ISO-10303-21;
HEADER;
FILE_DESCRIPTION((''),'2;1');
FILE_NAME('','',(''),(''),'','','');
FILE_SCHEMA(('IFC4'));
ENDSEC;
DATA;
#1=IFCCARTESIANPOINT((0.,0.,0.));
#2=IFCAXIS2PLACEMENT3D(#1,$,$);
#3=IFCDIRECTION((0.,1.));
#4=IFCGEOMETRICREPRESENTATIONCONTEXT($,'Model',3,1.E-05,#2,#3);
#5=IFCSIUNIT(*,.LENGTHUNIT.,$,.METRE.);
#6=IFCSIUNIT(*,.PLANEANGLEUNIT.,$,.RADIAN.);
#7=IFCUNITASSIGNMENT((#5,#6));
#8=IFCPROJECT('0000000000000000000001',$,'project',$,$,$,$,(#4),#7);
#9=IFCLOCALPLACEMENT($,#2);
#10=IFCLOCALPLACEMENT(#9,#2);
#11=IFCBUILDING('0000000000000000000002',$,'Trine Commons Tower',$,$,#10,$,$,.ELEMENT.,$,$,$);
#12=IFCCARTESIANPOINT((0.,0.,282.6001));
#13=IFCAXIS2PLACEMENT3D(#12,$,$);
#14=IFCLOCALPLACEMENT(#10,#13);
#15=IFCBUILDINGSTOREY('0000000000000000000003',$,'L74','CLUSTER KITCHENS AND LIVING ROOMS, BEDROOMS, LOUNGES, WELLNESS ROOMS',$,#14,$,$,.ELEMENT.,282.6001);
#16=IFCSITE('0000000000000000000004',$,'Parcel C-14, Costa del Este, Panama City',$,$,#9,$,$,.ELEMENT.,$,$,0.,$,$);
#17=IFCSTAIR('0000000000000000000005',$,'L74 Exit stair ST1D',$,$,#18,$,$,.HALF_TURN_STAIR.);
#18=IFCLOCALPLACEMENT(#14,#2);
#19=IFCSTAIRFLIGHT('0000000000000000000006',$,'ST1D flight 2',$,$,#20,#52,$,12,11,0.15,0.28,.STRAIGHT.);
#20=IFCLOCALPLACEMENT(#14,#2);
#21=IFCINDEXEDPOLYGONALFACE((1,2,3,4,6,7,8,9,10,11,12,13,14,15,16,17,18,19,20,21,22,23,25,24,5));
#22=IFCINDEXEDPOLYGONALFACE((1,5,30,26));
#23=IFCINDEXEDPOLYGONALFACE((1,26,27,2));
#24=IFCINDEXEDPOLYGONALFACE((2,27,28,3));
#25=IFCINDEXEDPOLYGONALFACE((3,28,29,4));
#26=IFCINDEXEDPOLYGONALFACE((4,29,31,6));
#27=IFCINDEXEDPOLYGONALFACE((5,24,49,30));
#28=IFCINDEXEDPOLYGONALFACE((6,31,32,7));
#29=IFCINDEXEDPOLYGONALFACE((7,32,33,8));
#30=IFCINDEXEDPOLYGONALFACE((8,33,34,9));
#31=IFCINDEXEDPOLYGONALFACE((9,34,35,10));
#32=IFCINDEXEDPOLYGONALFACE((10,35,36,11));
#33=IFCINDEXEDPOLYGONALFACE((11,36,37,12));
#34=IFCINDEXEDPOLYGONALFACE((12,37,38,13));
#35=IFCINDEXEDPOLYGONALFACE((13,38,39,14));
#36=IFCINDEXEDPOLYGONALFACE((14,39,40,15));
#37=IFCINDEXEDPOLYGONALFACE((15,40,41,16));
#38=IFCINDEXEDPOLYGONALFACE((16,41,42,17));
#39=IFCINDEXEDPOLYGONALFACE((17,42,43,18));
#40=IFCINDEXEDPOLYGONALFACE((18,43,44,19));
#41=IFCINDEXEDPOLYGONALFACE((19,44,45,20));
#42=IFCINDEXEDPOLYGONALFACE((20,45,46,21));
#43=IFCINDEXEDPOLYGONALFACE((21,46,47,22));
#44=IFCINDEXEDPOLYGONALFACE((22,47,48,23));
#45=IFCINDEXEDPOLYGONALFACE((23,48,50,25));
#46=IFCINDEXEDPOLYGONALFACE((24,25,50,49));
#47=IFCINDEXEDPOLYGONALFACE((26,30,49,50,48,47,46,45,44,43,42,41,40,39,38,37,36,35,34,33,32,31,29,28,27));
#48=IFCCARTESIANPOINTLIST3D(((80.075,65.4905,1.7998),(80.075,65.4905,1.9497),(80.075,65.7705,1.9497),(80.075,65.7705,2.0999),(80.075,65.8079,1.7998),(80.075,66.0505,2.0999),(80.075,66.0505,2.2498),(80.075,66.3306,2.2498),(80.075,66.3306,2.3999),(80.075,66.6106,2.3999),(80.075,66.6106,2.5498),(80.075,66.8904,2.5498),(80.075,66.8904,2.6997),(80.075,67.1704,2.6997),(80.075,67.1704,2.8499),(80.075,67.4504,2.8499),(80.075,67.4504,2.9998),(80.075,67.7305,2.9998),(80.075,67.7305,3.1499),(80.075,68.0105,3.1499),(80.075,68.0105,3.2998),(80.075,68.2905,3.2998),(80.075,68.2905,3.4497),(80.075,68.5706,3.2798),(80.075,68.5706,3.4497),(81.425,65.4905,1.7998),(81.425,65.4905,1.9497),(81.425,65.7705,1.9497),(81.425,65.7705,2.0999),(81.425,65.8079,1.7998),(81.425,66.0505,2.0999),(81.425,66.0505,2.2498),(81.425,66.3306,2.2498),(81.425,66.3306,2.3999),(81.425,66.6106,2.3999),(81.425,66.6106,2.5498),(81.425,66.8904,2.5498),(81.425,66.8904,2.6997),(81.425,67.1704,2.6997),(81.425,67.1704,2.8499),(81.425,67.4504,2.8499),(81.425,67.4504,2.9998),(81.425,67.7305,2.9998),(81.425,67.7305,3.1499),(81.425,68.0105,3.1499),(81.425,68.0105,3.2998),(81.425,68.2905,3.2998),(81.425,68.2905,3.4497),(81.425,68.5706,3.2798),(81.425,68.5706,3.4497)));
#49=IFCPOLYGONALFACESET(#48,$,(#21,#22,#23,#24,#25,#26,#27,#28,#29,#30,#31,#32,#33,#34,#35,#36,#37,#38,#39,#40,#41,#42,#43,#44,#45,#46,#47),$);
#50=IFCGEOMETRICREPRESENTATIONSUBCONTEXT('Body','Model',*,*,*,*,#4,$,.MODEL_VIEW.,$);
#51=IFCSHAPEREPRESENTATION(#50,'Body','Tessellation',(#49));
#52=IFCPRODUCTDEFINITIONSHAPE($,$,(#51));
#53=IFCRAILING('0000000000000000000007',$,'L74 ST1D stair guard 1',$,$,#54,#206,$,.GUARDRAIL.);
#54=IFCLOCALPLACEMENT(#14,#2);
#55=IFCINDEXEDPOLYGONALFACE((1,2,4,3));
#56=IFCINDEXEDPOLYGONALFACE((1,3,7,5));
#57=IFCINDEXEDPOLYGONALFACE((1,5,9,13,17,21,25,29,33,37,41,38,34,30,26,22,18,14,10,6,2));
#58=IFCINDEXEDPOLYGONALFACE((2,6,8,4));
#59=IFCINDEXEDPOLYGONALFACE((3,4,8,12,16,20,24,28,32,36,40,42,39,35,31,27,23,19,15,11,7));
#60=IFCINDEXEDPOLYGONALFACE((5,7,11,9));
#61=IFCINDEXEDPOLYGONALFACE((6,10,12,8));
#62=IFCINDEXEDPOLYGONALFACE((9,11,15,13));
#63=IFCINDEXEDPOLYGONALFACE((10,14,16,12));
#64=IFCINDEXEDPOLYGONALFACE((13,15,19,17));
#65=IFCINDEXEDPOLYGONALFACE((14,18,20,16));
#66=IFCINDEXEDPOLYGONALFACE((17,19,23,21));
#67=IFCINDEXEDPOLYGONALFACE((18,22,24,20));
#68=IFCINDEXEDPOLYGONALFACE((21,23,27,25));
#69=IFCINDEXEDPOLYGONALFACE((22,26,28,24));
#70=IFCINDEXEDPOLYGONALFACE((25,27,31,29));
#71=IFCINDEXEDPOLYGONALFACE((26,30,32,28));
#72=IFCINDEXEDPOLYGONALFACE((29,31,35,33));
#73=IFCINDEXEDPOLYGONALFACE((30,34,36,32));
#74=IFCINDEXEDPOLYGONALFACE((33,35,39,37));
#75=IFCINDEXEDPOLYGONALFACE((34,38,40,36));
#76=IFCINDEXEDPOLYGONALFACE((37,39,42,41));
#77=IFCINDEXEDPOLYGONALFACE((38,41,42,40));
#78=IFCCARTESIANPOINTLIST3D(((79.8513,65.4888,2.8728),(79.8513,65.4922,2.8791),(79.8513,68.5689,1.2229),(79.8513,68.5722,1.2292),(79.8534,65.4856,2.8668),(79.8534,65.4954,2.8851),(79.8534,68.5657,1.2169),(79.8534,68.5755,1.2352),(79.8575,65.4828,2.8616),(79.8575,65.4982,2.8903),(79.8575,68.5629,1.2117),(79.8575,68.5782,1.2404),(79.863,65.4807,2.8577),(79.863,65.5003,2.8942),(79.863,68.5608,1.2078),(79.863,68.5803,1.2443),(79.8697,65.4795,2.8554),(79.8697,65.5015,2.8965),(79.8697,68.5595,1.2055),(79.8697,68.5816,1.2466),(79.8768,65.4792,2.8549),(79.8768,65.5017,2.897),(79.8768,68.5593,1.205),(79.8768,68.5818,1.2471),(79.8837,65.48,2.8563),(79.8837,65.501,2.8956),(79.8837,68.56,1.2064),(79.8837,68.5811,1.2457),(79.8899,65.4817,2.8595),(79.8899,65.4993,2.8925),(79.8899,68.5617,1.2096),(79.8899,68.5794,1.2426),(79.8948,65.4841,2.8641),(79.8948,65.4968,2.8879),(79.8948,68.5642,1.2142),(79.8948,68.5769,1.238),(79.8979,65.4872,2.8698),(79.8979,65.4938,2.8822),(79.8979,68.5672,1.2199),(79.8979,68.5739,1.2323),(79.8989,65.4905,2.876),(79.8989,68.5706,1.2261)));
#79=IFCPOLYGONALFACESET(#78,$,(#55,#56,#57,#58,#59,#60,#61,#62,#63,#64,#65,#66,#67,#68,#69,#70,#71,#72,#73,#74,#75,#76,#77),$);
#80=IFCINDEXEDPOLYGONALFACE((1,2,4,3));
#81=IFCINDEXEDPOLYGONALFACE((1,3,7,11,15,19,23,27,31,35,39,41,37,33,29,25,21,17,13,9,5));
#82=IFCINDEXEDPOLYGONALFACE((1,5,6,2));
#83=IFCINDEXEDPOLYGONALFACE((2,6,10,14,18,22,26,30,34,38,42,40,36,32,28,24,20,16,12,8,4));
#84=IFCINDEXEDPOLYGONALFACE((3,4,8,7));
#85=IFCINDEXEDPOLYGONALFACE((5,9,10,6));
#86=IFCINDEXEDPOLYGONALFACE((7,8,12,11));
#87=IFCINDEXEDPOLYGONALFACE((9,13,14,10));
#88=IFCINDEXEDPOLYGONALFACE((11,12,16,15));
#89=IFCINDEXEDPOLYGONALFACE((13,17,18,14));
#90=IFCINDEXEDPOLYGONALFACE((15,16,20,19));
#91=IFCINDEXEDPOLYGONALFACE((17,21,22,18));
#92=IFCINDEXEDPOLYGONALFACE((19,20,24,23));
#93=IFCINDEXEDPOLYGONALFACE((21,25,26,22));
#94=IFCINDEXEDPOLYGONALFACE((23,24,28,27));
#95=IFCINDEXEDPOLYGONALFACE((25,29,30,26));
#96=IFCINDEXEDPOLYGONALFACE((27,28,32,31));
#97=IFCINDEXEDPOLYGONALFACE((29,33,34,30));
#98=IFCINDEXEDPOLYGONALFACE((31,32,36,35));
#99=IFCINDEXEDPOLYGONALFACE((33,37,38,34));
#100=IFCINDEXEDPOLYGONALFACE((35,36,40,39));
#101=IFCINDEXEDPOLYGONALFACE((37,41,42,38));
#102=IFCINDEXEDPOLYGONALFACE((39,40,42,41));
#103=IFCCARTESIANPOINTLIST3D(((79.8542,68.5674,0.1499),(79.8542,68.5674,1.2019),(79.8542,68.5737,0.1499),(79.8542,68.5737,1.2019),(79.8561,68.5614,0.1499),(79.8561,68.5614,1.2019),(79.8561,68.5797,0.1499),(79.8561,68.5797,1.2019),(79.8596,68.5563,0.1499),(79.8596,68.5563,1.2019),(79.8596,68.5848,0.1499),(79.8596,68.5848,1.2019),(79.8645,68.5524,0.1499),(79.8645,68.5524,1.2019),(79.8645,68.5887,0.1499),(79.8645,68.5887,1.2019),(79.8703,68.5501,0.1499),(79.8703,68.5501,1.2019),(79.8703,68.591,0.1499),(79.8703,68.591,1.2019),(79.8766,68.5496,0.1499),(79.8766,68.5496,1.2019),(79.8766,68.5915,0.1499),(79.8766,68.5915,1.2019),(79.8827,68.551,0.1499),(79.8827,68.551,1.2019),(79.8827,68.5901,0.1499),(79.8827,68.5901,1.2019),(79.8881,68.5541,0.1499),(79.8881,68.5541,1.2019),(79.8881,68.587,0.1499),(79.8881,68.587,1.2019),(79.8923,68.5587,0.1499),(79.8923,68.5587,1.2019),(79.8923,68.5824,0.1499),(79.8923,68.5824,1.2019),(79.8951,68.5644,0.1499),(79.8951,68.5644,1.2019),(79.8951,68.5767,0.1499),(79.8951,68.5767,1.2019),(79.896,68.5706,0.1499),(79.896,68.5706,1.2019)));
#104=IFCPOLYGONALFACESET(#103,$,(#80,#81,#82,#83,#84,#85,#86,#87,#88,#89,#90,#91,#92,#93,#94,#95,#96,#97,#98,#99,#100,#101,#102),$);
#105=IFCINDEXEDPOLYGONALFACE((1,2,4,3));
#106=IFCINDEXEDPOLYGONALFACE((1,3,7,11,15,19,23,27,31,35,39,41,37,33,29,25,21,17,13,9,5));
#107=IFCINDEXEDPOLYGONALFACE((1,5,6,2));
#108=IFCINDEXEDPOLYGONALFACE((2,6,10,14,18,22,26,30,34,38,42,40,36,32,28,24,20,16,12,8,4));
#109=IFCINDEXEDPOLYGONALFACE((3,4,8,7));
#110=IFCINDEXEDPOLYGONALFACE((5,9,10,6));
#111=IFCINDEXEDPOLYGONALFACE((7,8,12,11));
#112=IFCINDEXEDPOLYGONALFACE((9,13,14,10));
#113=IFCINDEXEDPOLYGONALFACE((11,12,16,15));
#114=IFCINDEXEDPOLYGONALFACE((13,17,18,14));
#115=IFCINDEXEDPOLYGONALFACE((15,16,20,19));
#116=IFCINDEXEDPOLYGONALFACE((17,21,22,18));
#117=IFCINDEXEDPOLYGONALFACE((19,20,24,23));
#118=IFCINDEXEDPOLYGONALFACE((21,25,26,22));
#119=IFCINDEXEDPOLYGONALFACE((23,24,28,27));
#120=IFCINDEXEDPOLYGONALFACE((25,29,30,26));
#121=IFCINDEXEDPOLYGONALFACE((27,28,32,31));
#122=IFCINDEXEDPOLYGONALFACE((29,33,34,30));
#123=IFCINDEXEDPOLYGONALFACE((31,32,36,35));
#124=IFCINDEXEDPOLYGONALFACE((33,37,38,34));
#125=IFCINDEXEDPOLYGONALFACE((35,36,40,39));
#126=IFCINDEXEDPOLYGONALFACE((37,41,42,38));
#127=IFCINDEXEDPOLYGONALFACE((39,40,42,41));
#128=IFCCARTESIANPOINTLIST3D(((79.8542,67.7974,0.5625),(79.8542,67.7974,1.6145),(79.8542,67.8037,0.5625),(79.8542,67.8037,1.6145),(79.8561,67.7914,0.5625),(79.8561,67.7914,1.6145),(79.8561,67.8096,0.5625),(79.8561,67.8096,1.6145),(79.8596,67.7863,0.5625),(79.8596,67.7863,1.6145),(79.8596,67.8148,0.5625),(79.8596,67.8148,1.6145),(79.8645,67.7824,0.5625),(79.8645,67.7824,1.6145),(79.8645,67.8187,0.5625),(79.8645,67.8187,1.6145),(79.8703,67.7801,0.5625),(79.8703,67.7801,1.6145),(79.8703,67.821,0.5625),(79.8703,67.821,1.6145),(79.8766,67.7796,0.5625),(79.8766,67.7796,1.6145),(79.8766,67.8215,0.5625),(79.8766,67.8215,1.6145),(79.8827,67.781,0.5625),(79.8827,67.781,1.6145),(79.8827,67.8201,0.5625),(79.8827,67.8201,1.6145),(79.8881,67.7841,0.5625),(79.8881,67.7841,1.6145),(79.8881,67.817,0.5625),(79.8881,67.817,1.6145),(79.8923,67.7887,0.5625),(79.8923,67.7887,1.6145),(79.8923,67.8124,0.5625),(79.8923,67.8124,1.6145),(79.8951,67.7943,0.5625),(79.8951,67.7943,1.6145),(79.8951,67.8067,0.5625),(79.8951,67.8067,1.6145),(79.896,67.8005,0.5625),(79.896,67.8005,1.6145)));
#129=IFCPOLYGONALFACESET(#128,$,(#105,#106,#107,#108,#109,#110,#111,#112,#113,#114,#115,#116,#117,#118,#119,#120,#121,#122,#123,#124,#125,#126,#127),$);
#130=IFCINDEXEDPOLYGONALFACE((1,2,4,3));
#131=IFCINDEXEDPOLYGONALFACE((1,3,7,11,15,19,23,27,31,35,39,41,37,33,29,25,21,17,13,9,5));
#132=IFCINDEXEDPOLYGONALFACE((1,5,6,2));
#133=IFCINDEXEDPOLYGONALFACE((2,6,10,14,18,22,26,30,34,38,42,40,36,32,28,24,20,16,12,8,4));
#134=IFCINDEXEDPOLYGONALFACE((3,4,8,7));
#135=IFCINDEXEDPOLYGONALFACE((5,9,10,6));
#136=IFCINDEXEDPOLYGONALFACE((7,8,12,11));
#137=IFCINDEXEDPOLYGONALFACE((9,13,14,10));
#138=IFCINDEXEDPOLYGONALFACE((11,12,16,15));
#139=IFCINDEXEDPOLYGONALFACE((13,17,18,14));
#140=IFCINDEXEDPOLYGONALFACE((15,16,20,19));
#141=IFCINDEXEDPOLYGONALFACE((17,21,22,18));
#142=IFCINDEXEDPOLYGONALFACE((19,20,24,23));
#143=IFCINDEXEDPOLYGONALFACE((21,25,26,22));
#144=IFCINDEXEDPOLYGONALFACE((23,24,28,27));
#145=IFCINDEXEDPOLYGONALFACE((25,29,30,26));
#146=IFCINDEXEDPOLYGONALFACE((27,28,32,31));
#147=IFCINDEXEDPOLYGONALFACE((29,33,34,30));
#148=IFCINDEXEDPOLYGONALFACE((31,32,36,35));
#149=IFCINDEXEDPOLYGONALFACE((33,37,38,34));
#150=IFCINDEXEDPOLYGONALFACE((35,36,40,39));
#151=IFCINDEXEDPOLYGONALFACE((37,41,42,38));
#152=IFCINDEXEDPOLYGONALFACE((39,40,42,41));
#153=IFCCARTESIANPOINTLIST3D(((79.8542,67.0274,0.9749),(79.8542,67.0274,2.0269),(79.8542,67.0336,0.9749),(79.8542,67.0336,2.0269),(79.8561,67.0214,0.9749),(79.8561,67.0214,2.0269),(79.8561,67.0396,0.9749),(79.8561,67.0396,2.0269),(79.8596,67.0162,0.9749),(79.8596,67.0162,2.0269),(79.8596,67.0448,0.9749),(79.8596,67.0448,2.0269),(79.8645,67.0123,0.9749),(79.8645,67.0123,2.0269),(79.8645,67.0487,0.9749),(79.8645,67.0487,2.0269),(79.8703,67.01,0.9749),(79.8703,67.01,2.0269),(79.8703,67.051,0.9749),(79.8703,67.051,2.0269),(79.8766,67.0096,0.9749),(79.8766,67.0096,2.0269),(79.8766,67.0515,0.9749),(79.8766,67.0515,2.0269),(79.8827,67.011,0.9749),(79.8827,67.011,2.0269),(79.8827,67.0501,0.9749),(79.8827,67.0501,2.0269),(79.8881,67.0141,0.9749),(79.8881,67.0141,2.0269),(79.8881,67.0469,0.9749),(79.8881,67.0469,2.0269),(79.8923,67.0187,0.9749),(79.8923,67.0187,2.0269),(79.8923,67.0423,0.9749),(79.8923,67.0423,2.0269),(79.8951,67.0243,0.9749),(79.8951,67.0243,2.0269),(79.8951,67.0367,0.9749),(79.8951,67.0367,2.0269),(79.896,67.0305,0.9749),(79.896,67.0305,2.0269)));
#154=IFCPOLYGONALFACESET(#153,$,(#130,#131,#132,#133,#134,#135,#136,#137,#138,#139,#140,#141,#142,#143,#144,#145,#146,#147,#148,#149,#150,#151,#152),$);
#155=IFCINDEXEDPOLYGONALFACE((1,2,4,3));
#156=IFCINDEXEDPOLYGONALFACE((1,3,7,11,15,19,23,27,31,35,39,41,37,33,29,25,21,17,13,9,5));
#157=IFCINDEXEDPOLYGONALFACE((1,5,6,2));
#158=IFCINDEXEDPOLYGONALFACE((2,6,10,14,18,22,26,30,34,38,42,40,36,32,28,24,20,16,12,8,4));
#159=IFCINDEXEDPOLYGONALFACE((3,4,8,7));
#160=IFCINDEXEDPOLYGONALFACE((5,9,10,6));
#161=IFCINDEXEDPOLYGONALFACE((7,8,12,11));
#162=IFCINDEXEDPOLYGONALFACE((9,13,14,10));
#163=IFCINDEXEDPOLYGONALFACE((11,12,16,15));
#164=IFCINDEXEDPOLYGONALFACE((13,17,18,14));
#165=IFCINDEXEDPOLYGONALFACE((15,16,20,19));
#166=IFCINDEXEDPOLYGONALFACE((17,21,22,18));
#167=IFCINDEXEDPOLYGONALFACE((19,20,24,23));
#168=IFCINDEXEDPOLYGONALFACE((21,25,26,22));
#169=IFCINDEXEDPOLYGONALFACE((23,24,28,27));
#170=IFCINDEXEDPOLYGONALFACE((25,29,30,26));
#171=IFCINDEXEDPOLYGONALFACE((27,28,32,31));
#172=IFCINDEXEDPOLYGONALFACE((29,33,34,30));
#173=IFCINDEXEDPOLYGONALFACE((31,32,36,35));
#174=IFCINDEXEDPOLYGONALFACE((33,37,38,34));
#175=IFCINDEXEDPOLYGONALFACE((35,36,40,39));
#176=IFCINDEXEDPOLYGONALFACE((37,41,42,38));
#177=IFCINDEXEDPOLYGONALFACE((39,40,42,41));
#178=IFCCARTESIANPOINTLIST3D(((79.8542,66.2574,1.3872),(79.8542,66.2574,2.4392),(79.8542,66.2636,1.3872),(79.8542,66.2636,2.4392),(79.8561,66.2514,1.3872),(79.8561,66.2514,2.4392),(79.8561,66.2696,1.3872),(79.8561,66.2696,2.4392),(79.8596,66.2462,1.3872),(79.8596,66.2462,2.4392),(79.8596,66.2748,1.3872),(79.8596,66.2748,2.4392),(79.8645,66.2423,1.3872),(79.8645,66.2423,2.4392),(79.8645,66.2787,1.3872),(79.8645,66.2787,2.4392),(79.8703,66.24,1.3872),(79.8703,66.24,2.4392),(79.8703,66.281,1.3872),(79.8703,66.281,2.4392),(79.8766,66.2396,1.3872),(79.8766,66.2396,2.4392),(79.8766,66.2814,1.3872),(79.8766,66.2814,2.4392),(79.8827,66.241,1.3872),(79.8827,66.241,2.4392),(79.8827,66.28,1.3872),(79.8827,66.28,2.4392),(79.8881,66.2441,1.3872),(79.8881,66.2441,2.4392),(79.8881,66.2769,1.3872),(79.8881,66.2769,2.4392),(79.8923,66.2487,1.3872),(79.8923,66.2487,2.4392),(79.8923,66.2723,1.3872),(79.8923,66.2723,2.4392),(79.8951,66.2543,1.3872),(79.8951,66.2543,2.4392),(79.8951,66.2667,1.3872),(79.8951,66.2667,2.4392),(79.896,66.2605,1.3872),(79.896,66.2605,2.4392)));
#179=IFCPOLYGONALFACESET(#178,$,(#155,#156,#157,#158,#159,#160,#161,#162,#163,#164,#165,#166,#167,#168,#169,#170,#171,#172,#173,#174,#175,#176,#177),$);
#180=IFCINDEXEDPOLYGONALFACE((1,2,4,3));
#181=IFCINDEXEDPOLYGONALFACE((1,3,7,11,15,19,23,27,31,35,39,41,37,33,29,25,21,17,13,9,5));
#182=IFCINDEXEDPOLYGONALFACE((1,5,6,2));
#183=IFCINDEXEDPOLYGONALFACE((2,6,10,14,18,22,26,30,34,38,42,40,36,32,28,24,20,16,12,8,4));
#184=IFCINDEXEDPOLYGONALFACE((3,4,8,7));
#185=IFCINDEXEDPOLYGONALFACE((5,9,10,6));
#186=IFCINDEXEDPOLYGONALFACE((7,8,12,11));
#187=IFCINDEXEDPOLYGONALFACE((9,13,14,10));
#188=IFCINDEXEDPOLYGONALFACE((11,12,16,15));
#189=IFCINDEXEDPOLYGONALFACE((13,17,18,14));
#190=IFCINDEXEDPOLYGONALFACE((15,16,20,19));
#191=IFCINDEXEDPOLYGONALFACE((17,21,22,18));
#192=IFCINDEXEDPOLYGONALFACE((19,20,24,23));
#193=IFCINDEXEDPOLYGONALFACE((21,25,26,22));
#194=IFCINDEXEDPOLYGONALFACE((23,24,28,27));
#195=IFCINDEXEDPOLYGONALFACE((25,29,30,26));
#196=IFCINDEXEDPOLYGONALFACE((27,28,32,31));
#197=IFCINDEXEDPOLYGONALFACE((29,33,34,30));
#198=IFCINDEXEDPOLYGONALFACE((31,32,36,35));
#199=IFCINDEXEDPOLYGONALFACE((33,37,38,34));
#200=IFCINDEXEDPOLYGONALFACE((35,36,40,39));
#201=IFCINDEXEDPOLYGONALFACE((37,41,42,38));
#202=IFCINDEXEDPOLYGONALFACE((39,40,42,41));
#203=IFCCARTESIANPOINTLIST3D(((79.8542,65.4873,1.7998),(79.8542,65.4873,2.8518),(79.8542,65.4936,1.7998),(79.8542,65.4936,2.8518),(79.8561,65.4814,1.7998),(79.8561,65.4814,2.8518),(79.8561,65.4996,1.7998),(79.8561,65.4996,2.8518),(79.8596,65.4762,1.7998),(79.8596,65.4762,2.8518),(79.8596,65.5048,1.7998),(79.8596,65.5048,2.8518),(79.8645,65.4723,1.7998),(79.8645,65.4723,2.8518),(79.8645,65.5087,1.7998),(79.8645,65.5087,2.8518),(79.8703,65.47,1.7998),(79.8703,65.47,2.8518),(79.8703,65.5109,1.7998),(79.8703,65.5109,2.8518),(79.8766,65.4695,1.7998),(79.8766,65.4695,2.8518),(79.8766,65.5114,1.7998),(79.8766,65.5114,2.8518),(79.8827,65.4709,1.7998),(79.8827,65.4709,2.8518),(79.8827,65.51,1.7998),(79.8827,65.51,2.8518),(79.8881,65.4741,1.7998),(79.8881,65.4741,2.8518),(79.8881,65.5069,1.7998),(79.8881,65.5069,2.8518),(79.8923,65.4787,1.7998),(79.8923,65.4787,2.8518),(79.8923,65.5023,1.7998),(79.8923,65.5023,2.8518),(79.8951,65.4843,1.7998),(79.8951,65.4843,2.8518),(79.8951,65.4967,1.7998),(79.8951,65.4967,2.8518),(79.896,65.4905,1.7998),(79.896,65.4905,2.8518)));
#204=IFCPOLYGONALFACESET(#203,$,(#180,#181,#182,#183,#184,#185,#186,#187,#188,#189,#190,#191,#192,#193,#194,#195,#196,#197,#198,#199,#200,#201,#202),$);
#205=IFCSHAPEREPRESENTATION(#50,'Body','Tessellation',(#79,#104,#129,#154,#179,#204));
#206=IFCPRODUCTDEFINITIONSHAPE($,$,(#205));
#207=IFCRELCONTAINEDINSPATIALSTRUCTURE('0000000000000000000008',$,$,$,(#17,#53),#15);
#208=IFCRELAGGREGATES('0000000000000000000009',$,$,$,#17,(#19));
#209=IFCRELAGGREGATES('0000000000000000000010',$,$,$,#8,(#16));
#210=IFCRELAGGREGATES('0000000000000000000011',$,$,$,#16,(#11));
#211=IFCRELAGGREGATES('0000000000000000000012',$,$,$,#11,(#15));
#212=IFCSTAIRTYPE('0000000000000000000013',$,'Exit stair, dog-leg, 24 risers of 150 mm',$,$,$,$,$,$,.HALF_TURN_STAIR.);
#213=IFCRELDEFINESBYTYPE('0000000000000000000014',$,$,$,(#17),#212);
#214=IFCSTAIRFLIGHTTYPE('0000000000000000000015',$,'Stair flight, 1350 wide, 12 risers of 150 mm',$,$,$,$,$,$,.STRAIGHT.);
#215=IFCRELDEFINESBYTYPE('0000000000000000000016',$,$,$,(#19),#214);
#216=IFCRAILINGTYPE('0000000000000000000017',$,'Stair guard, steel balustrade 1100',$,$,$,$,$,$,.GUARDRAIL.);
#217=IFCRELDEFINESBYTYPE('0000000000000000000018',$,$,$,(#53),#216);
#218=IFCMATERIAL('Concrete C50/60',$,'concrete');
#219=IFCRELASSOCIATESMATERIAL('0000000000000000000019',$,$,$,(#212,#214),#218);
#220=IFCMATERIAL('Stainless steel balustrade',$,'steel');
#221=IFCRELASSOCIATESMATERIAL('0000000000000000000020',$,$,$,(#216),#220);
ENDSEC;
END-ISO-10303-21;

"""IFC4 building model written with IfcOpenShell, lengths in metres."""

from ifc_helpers import new_model, si_unit, direction, frame, origin, origin_2d, place, context, subcontext, project, spatial, polyline, circle, outline, extrude, material, type_object, element, aggregate, save


model = new_model("IFC4")

# Units and contexts
model_context = context("Model", 3, precision=1e-05, world=origin(), true_north=direction((0.0, 1.0)))
body_context = subcontext(model_context, "Body", "Model", "MODEL_VIEW")
ifc_project = project(units=[si_unit("LENGTHUNIT", "METRE"), si_unit("PLANEANGLEUNIT", "RADIAN")], contexts=[model_context])

# Site, building, storey
site_placement = place(None, origin())
site = spatial("IfcSite", under=ifc_project, at=site_placement, Name="Parcel C-14, Costa del Este, Panama City", CompositionType="ELEMENT", RefElevation=0.0)
building_placement = place(site_placement, origin())
building = spatial("IfcBuilding", under=site, at=building_placement, Name="Trine Commons Tower", CompositionType="ELEMENT")
storey_placement = place(building_placement, frame((0.0, 0.0, 282.6001)))
storey = spatial("IfcBuildingStorey", under=building, at=storey_placement, Name="L74", Description="CLUSTER KITCHENS AND LIVING ROOMS, BEDROOMS, LOUNGES, WELLNESS ROOMS", CompositionType="ELEMENT", Elevation=282.6001)

# Shared definitions
ifc_material_1 = material(Name="Concrete C50/60", Category="concrete")

# Stair, stair flight
stair_type = type_object("IfcStairType", Name="Exit stair, dog-leg, 24 risers of 150 mm", PredefinedType="HALF_TURN_STAIR", material=ifc_material_1)
stair_placement = place(storey_placement, origin())
stair = element("IfcStair", 1, at=stair_placement, inside=storey, type_object=stair_type, Name="L74 Exit stair ST1D", PredefinedType="HALF_TURN_STAIR")
stair_flight_type = type_object("IfcStairFlightType", Name="Stair flight, 1350 wide, 12 risers of 150 mm", PredefinedType="STRAIGHT", material=ifc_material_1)
stair_flight_1_placement = place(storey_placement, frame((80.75, 65.4905, 1.7998), z_axis=(0.0, 0.0, 1.0), x_axis=(0.0, 1.0, 0.0)))
stair_flight_1 = element("IfcStairFlight", 2, at=stair_flight_1_placement, type_object=stair_flight_type, Name="ST1D flight 2", NumberOfRisers=12, NumberOfTreads=11, PredefinedType="STRAIGHT", RiserHeight=0.15, TreadLength=0.28, context=body_context, shape_type="SweptSolid", body=[
    extrude(outline(polyline([(0.0, 0.0), (0.0, 0.1499), (0.28, 0.1499), (0.28, 0.3), (0.5601, 0.3), (0.5601, 0.45), (0.8401, 0.45), (0.8401, 0.6001), (1.1201, 0.6001), (1.1201, 0.75), (1.3999, 0.75), (1.3999, 0.8999), (1.6799, 0.8999), (1.6799, 1.05), (1.96, 1.05), (1.96, 1.2), (2.24, 1.2), (2.24, 1.3501), (2.52, 1.3501), (2.52, 1.5), (2.8, 1.5), (2.8, 1.6499), (3.0801, 1.6499), (3.0801, 1.8), (3.0801, 1.48), (0.3174, 0.0), (0.0, 0.0)])), frame((0.0, 0.675, 0.0), z_axis=(0.0, -1.0, 0.0), x_axis=(1.0, 0.0, 0.0)), (0.0, 0.0, 1.0), 1.3501),
])
aggregate(stair, [stair_flight_1])

# Railing
ifc_material_2 = material(Name="Stainless steel balustrade", Category="steel")
railing_type_1 = type_object("IfcRailingType", Name="Stair guard, steel balustrade 1100", PredefinedType="GUARDRAIL", material=ifc_material_2)
railing_1_placement = place(storey_placement, frame((79.875, 68.5706, 0.1499)))
element("IfcRailing", 3, at=railing_1_placement, inside=storey, type_object=railing_type_1, Name="L74 ST1D stair guard 1", PredefinedType="GUARDRAIL", context=body_context, shape_type="SweptSolid", body=[
    extrude(circle(Radius=0.0239, at=origin_2d()), frame((0.0, 0.0, 1.0762), z_axis=(0.0, -0.881497, 0.47219), x_axis=(1.0, 0.0, 0.0)), (0.0, 0.0, 1.0), 3.4941),
    extrude(circle(Radius=0.021, at=origin_2d()), origin(), (0.0, 0.0, 1.0), 1.052),
    extrude(circle(Radius=0.021, at=origin_2d()), frame((0.0, -0.77, 0.4126)), (0.0, 0.0, 1.0), 1.052),
    extrude(circle(Radius=0.021, at=origin_2d()), frame((0.0, -1.54, 0.825)), (0.0, 0.0, 1.0), 1.052),
    extrude(circle(Radius=0.021, at=origin_2d()), frame((0.0, -2.3101, 1.2373)), (0.0, 0.0, 1.0), 1.052),
    extrude(circle(Radius=0.021, at=origin_2d()), frame((0.0, -3.0801, 1.6499)), (0.0, 0.0, 1.0), 1.052),
])

save(model, "model.ifc")
